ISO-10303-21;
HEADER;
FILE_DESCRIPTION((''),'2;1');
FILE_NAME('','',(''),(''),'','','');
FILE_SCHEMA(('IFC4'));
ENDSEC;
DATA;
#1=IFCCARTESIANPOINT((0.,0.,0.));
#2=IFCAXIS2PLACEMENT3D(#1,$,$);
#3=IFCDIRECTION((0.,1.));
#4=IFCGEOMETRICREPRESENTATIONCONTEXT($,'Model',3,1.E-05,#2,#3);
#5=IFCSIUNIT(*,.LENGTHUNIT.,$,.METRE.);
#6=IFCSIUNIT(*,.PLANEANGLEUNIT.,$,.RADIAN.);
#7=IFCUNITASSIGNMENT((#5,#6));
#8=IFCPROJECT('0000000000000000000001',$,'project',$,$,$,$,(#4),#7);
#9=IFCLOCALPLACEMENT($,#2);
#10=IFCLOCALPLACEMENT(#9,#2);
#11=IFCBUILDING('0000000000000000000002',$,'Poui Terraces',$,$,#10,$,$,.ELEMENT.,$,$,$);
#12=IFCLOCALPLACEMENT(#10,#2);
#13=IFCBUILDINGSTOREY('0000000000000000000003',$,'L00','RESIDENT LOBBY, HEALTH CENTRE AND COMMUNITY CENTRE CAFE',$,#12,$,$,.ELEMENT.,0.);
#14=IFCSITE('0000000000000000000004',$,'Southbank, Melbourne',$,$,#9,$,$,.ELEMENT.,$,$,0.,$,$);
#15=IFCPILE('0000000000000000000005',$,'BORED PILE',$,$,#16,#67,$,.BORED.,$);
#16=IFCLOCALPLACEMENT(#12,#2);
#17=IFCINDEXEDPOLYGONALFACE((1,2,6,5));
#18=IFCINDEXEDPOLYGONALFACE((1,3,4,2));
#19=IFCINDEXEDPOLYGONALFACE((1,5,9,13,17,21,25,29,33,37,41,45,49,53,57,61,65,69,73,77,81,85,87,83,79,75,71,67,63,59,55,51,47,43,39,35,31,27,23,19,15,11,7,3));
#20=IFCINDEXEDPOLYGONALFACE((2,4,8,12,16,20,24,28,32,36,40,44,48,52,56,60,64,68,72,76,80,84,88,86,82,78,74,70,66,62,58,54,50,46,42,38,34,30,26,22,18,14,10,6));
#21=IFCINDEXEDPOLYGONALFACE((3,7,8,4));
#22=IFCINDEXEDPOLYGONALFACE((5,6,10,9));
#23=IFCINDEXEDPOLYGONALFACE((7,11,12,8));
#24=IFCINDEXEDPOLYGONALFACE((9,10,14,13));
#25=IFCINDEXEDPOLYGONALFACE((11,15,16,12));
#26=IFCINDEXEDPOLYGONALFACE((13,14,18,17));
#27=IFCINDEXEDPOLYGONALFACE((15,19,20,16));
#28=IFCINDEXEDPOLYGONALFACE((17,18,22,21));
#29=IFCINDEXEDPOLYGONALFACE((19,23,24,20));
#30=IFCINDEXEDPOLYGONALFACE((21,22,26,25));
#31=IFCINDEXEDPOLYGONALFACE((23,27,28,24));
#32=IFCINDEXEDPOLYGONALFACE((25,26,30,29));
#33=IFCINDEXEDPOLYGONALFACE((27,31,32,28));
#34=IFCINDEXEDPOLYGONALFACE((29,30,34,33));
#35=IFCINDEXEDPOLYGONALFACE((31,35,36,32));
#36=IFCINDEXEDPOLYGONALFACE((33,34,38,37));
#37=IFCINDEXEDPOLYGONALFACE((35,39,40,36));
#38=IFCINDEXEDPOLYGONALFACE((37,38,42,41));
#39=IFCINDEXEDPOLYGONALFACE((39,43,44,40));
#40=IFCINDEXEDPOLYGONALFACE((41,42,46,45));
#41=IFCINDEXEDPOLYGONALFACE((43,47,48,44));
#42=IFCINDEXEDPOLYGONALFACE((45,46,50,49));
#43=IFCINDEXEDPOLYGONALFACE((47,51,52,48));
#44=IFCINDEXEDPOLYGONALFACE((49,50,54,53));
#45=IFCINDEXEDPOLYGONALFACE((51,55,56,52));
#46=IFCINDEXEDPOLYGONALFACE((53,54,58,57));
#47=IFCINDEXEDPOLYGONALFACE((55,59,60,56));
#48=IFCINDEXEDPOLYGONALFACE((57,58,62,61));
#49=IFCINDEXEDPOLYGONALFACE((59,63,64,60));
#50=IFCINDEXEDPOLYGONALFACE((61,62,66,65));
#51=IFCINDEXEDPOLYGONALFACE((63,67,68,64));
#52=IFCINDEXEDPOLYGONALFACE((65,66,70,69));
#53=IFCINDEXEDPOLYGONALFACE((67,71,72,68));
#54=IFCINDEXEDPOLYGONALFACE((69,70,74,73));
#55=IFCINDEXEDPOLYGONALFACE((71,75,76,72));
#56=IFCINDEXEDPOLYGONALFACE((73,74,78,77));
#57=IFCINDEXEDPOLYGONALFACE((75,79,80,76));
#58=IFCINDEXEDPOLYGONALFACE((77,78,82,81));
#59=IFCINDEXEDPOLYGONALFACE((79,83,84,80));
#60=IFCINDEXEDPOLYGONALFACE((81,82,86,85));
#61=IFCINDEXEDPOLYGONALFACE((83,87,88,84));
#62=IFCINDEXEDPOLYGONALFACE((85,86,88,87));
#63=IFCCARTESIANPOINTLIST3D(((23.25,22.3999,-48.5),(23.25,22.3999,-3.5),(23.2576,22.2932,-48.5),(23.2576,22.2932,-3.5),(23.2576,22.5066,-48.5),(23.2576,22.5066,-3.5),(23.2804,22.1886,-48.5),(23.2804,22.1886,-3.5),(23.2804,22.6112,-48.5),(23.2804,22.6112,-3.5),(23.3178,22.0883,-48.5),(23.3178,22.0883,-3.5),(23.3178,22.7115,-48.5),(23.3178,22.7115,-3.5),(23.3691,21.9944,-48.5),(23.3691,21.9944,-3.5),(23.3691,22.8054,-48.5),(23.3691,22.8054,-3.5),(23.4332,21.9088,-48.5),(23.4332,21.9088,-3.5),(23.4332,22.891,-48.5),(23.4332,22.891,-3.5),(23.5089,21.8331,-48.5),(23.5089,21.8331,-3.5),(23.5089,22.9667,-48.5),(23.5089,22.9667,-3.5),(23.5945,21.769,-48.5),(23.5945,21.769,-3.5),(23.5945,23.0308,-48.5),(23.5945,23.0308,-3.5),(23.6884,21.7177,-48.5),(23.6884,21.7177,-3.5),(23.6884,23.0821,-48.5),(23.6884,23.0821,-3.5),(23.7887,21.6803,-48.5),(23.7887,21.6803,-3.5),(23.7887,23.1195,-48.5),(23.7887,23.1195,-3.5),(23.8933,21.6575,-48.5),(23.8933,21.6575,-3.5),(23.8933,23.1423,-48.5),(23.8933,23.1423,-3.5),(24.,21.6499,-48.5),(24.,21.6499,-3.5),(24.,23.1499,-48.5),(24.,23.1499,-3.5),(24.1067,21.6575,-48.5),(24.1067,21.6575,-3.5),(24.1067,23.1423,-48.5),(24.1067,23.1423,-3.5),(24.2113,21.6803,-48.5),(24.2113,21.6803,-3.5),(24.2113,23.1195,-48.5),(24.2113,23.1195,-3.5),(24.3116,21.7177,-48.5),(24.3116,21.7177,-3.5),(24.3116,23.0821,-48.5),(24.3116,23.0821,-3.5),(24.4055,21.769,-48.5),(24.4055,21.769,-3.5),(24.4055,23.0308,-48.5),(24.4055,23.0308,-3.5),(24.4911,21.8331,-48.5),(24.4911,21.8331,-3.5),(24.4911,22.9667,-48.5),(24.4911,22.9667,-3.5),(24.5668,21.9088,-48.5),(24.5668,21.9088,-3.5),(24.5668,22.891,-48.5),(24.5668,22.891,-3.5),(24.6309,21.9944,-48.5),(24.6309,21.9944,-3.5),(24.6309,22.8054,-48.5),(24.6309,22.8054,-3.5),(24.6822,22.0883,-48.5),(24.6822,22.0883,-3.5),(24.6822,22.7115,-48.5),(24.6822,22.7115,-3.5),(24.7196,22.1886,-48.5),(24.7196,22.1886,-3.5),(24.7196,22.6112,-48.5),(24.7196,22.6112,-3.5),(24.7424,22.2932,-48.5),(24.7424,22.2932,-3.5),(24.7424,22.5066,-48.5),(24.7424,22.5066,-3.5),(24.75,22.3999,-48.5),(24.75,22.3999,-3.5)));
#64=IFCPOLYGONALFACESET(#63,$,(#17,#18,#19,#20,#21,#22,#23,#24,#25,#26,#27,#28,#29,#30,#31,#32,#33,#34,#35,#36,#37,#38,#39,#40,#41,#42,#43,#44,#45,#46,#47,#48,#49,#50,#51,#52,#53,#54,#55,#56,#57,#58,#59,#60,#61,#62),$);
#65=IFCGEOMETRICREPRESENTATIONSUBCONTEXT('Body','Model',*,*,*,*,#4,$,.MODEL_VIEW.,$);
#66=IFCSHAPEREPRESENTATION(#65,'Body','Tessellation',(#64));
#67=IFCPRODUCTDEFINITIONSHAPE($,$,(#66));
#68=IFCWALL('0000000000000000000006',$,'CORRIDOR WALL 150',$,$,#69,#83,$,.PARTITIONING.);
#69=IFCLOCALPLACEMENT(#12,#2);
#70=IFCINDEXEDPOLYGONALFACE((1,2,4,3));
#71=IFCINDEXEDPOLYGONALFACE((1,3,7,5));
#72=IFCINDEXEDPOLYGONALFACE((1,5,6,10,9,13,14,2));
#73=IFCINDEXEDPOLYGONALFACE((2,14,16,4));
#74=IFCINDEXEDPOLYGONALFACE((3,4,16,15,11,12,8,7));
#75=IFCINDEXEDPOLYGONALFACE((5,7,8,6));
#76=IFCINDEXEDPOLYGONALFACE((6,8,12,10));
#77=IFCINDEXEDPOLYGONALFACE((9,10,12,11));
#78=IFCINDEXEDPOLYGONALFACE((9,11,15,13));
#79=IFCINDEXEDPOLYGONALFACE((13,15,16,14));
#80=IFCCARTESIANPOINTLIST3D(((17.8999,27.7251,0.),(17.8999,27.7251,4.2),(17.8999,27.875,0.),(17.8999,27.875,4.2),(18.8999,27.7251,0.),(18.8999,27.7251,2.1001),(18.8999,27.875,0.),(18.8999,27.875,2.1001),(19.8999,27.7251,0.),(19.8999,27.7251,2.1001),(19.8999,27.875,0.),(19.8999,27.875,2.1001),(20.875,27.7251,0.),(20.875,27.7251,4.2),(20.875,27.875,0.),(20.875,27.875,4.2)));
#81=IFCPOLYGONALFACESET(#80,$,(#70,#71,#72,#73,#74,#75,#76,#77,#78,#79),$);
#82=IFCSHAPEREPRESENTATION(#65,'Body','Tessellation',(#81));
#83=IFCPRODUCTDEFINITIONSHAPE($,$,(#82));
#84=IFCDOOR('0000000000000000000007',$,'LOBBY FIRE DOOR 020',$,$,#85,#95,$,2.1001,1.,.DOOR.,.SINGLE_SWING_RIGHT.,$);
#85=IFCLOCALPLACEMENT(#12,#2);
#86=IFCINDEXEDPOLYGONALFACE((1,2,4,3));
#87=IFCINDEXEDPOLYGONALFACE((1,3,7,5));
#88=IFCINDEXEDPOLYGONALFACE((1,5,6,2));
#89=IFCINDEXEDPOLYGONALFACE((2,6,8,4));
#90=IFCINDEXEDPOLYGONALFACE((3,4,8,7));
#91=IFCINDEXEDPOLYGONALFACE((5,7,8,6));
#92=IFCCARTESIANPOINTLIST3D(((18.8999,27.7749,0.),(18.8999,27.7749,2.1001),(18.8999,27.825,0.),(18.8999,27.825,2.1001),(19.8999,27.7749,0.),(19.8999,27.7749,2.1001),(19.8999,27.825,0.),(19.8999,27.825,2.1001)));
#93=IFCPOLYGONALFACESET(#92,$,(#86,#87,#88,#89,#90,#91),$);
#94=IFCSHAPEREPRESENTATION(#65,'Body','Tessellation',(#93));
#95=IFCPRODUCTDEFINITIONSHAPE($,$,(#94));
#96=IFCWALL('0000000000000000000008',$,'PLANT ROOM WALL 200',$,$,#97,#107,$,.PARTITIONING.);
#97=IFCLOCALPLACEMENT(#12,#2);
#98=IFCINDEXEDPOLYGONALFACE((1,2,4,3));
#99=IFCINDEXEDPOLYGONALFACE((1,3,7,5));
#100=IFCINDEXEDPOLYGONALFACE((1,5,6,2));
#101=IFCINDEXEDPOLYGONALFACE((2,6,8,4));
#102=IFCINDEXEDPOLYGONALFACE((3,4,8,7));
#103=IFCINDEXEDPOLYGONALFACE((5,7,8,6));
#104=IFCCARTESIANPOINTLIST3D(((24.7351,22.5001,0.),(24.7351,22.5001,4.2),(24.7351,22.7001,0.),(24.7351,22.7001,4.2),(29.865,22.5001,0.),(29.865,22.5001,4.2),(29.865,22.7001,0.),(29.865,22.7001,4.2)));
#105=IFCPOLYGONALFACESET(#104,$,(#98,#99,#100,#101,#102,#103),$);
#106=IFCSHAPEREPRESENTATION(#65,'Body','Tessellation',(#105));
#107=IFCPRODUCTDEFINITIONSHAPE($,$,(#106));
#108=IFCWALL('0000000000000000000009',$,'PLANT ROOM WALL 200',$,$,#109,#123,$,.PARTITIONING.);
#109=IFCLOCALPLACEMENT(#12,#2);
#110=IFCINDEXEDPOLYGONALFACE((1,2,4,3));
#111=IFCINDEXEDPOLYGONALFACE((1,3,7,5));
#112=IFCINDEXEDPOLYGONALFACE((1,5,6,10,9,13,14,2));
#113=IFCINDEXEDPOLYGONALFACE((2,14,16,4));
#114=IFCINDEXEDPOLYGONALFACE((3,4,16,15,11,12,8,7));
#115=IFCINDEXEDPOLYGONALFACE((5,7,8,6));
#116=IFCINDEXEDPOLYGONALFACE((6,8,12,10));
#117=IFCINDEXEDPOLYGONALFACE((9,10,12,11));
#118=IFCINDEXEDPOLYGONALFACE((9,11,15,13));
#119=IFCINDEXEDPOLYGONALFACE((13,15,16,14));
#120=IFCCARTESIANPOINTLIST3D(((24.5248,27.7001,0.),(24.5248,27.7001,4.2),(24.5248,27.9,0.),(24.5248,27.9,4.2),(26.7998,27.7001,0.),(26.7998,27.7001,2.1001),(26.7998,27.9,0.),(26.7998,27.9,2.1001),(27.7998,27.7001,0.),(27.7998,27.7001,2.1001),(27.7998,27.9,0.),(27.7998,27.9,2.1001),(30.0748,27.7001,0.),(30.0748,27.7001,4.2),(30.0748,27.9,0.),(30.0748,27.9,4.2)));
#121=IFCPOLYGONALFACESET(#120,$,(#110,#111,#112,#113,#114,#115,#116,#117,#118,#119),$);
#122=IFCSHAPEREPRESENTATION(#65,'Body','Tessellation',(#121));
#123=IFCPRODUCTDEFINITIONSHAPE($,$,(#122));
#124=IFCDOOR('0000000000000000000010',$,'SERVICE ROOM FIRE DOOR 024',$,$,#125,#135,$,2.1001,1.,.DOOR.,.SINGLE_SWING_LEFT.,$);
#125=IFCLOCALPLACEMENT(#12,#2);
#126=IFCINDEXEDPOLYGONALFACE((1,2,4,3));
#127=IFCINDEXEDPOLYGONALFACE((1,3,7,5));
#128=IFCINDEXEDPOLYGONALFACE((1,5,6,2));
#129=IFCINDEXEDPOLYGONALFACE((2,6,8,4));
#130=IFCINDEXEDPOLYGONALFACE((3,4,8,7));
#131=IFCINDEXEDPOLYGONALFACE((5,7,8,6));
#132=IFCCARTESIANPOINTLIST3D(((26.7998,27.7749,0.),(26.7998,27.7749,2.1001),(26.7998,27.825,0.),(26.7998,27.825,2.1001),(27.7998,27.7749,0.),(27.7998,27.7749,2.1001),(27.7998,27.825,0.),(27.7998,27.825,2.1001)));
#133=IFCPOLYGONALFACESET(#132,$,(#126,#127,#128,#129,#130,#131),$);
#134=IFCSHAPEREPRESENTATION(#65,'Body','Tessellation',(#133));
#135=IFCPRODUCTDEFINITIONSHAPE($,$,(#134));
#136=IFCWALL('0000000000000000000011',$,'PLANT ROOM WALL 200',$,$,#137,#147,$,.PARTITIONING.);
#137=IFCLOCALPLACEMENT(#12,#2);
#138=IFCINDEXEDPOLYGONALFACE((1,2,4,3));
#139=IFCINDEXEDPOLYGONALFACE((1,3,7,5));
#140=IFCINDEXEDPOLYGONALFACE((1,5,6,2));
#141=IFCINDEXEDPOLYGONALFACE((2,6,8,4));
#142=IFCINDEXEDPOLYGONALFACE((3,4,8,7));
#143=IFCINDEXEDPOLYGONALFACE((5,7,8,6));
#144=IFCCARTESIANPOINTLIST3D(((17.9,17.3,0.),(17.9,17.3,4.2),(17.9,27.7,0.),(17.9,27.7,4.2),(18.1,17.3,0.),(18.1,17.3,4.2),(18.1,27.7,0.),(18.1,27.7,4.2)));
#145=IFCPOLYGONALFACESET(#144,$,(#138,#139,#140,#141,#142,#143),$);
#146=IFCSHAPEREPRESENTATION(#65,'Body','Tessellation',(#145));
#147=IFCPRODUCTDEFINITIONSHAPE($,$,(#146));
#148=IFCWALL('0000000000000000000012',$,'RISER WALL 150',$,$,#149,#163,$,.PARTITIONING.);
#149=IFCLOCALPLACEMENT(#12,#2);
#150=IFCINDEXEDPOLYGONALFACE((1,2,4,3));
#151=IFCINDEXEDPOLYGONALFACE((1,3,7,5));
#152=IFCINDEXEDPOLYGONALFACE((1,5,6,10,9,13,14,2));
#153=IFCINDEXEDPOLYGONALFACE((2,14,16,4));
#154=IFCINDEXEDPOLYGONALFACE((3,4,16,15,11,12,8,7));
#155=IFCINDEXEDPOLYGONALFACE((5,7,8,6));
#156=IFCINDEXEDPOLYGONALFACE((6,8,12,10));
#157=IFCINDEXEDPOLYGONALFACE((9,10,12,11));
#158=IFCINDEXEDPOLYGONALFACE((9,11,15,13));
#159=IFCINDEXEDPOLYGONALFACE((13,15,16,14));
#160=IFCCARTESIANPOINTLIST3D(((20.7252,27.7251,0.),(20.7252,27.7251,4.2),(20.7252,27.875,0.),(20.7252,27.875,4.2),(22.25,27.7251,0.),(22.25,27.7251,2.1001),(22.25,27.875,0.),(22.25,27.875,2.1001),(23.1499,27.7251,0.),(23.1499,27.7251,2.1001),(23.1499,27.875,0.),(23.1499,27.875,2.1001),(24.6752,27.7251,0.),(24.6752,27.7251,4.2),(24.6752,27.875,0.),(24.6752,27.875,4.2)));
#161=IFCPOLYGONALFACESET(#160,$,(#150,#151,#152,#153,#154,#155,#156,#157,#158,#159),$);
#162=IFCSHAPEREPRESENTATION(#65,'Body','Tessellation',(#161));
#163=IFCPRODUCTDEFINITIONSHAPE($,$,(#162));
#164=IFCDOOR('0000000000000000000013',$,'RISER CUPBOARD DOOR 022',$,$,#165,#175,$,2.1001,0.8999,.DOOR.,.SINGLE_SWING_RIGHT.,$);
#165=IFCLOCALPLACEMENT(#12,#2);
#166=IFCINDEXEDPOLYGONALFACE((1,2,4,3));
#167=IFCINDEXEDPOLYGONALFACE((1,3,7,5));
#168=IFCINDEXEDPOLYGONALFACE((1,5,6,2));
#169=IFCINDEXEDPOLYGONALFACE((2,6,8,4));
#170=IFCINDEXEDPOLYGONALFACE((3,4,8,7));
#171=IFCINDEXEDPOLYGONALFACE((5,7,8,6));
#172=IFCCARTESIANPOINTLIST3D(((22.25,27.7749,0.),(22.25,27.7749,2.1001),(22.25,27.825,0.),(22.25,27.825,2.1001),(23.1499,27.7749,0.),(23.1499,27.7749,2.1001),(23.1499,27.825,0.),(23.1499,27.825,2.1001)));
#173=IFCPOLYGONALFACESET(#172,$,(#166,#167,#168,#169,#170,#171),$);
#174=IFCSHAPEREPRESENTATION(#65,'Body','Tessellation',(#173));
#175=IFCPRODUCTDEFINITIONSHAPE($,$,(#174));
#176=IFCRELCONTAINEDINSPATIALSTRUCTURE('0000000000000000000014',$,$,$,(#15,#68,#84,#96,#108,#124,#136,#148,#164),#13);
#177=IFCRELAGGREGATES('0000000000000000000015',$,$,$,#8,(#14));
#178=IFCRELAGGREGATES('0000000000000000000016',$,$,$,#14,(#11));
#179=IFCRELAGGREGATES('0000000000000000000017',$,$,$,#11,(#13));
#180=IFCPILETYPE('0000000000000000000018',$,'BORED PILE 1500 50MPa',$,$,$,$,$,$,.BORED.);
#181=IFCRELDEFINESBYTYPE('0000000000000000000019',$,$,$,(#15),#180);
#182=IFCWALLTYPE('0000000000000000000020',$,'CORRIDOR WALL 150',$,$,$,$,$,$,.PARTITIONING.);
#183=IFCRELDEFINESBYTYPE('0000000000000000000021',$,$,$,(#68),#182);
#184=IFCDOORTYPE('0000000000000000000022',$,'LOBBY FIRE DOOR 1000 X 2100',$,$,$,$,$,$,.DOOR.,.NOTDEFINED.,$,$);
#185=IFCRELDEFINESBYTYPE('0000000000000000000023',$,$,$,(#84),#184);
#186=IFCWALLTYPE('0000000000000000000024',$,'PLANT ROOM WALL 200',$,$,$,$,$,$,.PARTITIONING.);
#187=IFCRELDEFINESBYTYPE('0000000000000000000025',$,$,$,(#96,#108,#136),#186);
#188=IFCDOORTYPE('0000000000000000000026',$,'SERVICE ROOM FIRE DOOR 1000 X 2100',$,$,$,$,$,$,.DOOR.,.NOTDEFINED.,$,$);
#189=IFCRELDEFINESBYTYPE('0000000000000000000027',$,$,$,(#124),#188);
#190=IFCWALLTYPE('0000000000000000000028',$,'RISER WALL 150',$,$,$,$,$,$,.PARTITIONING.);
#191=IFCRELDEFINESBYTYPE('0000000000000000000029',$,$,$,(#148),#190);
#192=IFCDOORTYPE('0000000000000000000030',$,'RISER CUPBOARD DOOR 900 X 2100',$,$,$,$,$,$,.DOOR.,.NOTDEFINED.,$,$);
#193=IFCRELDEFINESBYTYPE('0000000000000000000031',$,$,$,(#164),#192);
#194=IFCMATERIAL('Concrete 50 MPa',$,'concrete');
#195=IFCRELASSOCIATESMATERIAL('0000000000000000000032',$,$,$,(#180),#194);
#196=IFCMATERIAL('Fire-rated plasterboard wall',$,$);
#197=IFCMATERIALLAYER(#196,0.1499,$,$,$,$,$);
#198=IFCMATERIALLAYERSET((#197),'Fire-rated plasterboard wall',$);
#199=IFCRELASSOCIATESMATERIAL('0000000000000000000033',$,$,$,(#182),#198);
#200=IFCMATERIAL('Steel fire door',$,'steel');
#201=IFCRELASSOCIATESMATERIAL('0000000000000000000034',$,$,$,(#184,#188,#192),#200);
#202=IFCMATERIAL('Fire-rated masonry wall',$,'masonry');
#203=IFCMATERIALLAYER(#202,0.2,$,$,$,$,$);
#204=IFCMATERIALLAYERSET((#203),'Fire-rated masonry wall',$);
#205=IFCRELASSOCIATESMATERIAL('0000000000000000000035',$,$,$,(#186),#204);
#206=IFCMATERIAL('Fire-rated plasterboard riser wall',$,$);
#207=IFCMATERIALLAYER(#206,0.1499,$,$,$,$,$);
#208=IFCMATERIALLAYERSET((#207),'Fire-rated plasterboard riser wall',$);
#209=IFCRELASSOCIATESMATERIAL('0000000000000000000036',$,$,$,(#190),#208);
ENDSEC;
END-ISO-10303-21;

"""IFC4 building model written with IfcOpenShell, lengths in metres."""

from ifc_helpers import new_model, si_unit, direction, frame, frame_2d, origin, origin_2d, place, context, subcontext, project, spatial, rectangle, circle, extrude, material, layer, layer_set, material_profile, profile_set, type_object, element, fill, save


model = new_model("IFC4")

# Units and contexts
model_context = context("Model", 3, precision=1e-05, world=origin(), true_north=direction((0.0, 1.0)))
body_context = subcontext(model_context, "Body", "Model", "MODEL_VIEW")
ifc_project = project(units=[si_unit("LENGTHUNIT", "METRE"), si_unit("PLANEANGLEUNIT", "RADIAN")], contexts=[model_context])

# Site, building, storey
site_placement = place(None, origin())
site = spatial("IfcSite", under=ifc_project, at=site_placement, Name="Southbank, Melbourne", CompositionType="ELEMENT", RefElevation=0.0)
building_placement = place(site_placement, origin())
building = spatial("IfcBuilding", under=site, at=building_placement, Name="Poui Terraces", CompositionType="ELEMENT")
storey_placement = place(building_placement, origin())
storey = spatial("IfcBuildingStorey", under=building, at=storey_placement, Name="L00", Description="RESIDENT LOBBY, HEALTH CENTRE AND COMMUNITY CENTRE CAFE", CompositionType="ELEMENT", Elevation=0.0)

# Pile
ifc_material_1 = material(Name="Concrete 50 MPa", Category="concrete")
ifc_material_profile = material_profile(ifc_material_1, circle(Radius=0.75, at=origin_2d()), Name="RC D1500")
ifc_profile_set = profile_set([ifc_material_profile], Name="Concrete 50 MPa")
pile_type = type_object("IfcPileType", Name="BORED PILE 1500 50MPa", PredefinedType="BORED", material=ifc_profile_set)
for number, where, z_axis, x_axis, name in (
    (1, (24.0, 22.3999, -3.5), (0.0, 0.0, -1.0), (1.0, 0.0, 0.0), "BORED PILE"),
):
    element("IfcPile", number, at=place(storey_placement, frame(where, z_axis=z_axis, x_axis=x_axis)), inside=storey, type_object=pile_type, Name=name, PredefinedType="BORED", context=body_context, shape_type="SweptSolid", body=[
        extrude(circle(Radius=0.75, at=origin_2d()), origin(), (0.0, 0.0, 1.0), 45.0),
    ])

# Wall, opening, door
ifc_material_2 = material(Name="Fire-rated plasterboard wall")
ifc_layer_1 = layer(ifc_material_2, 0.1499)
ifc_layer_set_1 = layer_set([ifc_layer_1], Name="Fire-rated plasterboard wall")
wall_type_1 = type_object("IfcWallType", Name="CORRIDOR WALL 150", PredefinedType="PARTITIONING", material=ifc_layer_set_1)
wall_1_placement = place(storey_placement, frame((17.8999, 27.8, 0.0), z_axis=(0.0, 0.0, 1.0), x_axis=(1.0, 0.0, 0.0)))
wall_1 = element("IfcWall", 2, at=wall_1_placement, inside=storey, type_object=wall_type_1, Name="CORRIDOR WALL 150", PredefinedType="PARTITIONING", context=body_context, shape_type="SweptSolid", body=[
    extrude(rectangle(XDim=2.9751, YDim=0.1499, at=frame_2d((1.4875, 0.0))), origin(), (0.0, 0.0, 1.0), 4.2),
])
opening_1_placement = place(wall_1_placement, frame((1.0, 0.0, 0.0)))
opening_1 = element("IfcOpeningElement", 3, at=opening_1_placement, cuts=wall_1, PredefinedType="OPENING", context=body_context, shape_type="SweptSolid", body=[
    extrude(rectangle(XDim=1.0, YDim=2.1001, at=frame_2d((0.5, 1.05))), frame((0.0, 0.085, 0.0), z_axis=(0.0, -1.0, 0.0), x_axis=(1.0, 0.0, 0.0)), (0.0, 0.0, 1.0), 0.1699),
])
ifc_material_3 = material(Name="Steel fire door", Category="steel")
door_type_1 = type_object("IfcDoorType", Name="LOBBY FIRE DOOR 1000 X 2100", OperationType="NOTDEFINED", PredefinedType="DOOR", material=ifc_material_3)
door_1_placement = place(opening_1_placement, origin())
door_1 = element("IfcDoor", 4, at=door_1_placement, inside=storey, type_object=door_type_1, Name="LOBBY FIRE DOOR 020", OperationType="SINGLE_SWING_RIGHT", OverallHeight=2.1001, OverallWidth=1.0, PredefinedType="DOOR", context=body_context, shape_type="SweptSolid", body=[
    extrude(rectangle(XDim=1.0, YDim=2.1001, at=frame_2d((0.5, 1.05))), frame((0.0, 0.0249, 0.0), z_axis=(0.0, -1.0, 0.0), x_axis=(1.0, 0.0, 0.0)), (0.0, 0.0, 1.0), 0.05),
])
fill(opening_1, door_1)

# Wall
ifc_material_4 = material(Name="Fire-rated masonry wall", Category="masonry")
ifc_layer_2 = layer(ifc_material_4, 0.2)
ifc_layer_set_2 = layer_set([ifc_layer_2], Name="Fire-rated masonry wall")
wall_type_2 = type_object("IfcWallType", Name="PLANT ROOM WALL 200", PredefinedType="PARTITIONING", material=ifc_layer_set_2)
wall_2_placement = place(storey_placement, frame((24.7351, 22.6001, 0.0), z_axis=(0.0, 0.0, 1.0), x_axis=(1.0, 0.0, 0.0)))
element("IfcWall", 5, at=wall_2_placement, inside=storey, type_object=wall_type_2, Name="PLANT ROOM WALL 200", PredefinedType="PARTITIONING", context=body_context, shape_type="SweptSolid", body=[
    extrude(rectangle(XDim=5.1299, YDim=0.2, at=frame_2d((2.5649, 0.0))), origin(), (0.0, 0.0, 1.0), 4.2),
])

# Wall, opening, door
wall_3_placement = place(storey_placement, frame((24.5249, 27.8, 0.0), z_axis=(0.0, 0.0, 1.0), x_axis=(1.0, 0.0, 0.0)))
wall_3 = element("IfcWall", 6, at=wall_3_placement, inside=storey, type_object=wall_type_2, Name="PLANT ROOM WALL 200", PredefinedType="PARTITIONING", context=body_context, shape_type="SweptSolid", body=[
    extrude(rectangle(XDim=5.55, YDim=0.2, at=frame_2d((2.7749, 0.0))), origin(), (0.0, 0.0, 1.0), 4.2),
])
opening_2_placement = place(wall_3_placement, frame((2.2749, 0.0, 0.0)))
opening_2 = element("IfcOpeningElement", 7, at=opening_2_placement, cuts=wall_3, PredefinedType="OPENING", context=body_context, shape_type="SweptSolid", body=[
    extrude(rectangle(XDim=1.0, YDim=2.1001, at=frame_2d((0.5, 1.05))), frame((0.0, 0.1099, 0.0), z_axis=(0.0, -1.0, 0.0), x_axis=(1.0, 0.0, 0.0)), (0.0, 0.0, 1.0), 0.22),
])
door_type_2 = type_object("IfcDoorType", Name="SERVICE ROOM FIRE DOOR 1000 X 2100", OperationType="NOTDEFINED", PredefinedType="DOOR", material=ifc_material_3)
door_2_placement = place(opening_2_placement, origin())
door_2 = element("IfcDoor", 8, at=door_2_placement, inside=storey, type_object=door_type_2, Name="SERVICE ROOM FIRE DOOR 024", OperationType="SINGLE_SWING_LEFT", OverallHeight=2.1001, OverallWidth=1.0, PredefinedType="DOOR", context=body_context, shape_type="SweptSolid", body=[
    extrude(rectangle(XDim=1.0, YDim=2.1001, at=frame_2d((0.5, 1.05))), frame((0.0, 0.0249, 0.0), z_axis=(0.0, -1.0, 0.0), x_axis=(1.0, 0.0, 0.0)), (0.0, 0.0, 1.0), 0.05),
])
fill(opening_2, door_2)

# Wall
wall_4_placement = place(storey_placement, frame((18.0, 17.3, 0.0), z_axis=(0.0, 0.0, 1.0), x_axis=(0.0, 1.0, 0.0)))
element("IfcWall", 9, at=wall_4_placement, inside=storey, type_object=wall_type_2, Name="PLANT ROOM WALL 200", PredefinedType="PARTITIONING", context=body_context, shape_type="SweptSolid", body=[
    extrude(rectangle(XDim=10.3999, YDim=0.2, at=frame_2d((5.2, 0.0))), origin(), (0.0, 0.0, 1.0), 4.2),
])

# Wall, opening, door
ifc_material_5 = material(Name="Fire-rated plasterboard riser wall")
ifc_layer_3 = layer(ifc_material_5, 0.1499)
ifc_layer_set_3 = layer_set([ifc_layer_3], Name="Fire-rated plasterboard riser wall")
wall_type_3 = type_object("IfcWallType", Name="RISER WALL 150", PredefinedType="PARTITIONING", material=ifc_layer_set_3)
wall_5_placement = place(storey_placement, frame((20.7251, 27.8, 0.0), z_axis=(0.0, 0.0, 1.0), x_axis=(1.0, 0.0, 0.0)))
wall_5 = element("IfcWall", 10, at=wall_5_placement, inside=storey, type_object=wall_type_3, Name="RISER WALL 150", PredefinedType="PARTITIONING", context=body_context, shape_type="SweptSolid", body=[
    extrude(rectangle(XDim=3.95, YDim=0.1499, at=frame_2d((1.9751, 0.0))), origin(), (0.0, 0.0, 1.0), 4.2),
])
opening_3_placement = place(wall_5_placement, frame((1.5249, 0.0, 0.0)))
opening_3 = element("IfcOpeningElement", 11, at=opening_3_placement, cuts=wall_5, PredefinedType="OPENING", context=body_context, shape_type="SweptSolid", body=[
    extrude(rectangle(XDim=0.8999, YDim=2.1001, at=frame_2d((0.45, 1.05))), frame((0.0, 0.085, 0.0), z_axis=(0.0, -1.0, 0.0), x_axis=(1.0, 0.0, 0.0)), (0.0, 0.0, 1.0), 0.1699),
])
door_type_3 = type_object("IfcDoorType", Name="RISER CUPBOARD DOOR 900 X 2100", OperationType="NOTDEFINED", PredefinedType="DOOR", material=ifc_material_3)
door_3_placement = place(opening_3_placement, origin())
door_3 = element("IfcDoor", 12, at=door_3_placement, inside=storey, type_object=door_type_3, Name="RISER CUPBOARD DOOR 022", OperationType="SINGLE_SWING_RIGHT", OverallHeight=2.1001, OverallWidth=0.8999, PredefinedType="DOOR", context=body_context, shape_type="SweptSolid", body=[
    extrude(rectangle(XDim=0.8999, YDim=2.1001, at=frame_2d((0.45, 1.05))), frame((0.0, 0.0249, 0.0), z_axis=(0.0, -1.0, 0.0), x_axis=(1.0, 0.0, 0.0)), (0.0, 0.0, 1.0), 0.05),
])
fill(opening_3, door_3)

save(model, "model.ifc")
